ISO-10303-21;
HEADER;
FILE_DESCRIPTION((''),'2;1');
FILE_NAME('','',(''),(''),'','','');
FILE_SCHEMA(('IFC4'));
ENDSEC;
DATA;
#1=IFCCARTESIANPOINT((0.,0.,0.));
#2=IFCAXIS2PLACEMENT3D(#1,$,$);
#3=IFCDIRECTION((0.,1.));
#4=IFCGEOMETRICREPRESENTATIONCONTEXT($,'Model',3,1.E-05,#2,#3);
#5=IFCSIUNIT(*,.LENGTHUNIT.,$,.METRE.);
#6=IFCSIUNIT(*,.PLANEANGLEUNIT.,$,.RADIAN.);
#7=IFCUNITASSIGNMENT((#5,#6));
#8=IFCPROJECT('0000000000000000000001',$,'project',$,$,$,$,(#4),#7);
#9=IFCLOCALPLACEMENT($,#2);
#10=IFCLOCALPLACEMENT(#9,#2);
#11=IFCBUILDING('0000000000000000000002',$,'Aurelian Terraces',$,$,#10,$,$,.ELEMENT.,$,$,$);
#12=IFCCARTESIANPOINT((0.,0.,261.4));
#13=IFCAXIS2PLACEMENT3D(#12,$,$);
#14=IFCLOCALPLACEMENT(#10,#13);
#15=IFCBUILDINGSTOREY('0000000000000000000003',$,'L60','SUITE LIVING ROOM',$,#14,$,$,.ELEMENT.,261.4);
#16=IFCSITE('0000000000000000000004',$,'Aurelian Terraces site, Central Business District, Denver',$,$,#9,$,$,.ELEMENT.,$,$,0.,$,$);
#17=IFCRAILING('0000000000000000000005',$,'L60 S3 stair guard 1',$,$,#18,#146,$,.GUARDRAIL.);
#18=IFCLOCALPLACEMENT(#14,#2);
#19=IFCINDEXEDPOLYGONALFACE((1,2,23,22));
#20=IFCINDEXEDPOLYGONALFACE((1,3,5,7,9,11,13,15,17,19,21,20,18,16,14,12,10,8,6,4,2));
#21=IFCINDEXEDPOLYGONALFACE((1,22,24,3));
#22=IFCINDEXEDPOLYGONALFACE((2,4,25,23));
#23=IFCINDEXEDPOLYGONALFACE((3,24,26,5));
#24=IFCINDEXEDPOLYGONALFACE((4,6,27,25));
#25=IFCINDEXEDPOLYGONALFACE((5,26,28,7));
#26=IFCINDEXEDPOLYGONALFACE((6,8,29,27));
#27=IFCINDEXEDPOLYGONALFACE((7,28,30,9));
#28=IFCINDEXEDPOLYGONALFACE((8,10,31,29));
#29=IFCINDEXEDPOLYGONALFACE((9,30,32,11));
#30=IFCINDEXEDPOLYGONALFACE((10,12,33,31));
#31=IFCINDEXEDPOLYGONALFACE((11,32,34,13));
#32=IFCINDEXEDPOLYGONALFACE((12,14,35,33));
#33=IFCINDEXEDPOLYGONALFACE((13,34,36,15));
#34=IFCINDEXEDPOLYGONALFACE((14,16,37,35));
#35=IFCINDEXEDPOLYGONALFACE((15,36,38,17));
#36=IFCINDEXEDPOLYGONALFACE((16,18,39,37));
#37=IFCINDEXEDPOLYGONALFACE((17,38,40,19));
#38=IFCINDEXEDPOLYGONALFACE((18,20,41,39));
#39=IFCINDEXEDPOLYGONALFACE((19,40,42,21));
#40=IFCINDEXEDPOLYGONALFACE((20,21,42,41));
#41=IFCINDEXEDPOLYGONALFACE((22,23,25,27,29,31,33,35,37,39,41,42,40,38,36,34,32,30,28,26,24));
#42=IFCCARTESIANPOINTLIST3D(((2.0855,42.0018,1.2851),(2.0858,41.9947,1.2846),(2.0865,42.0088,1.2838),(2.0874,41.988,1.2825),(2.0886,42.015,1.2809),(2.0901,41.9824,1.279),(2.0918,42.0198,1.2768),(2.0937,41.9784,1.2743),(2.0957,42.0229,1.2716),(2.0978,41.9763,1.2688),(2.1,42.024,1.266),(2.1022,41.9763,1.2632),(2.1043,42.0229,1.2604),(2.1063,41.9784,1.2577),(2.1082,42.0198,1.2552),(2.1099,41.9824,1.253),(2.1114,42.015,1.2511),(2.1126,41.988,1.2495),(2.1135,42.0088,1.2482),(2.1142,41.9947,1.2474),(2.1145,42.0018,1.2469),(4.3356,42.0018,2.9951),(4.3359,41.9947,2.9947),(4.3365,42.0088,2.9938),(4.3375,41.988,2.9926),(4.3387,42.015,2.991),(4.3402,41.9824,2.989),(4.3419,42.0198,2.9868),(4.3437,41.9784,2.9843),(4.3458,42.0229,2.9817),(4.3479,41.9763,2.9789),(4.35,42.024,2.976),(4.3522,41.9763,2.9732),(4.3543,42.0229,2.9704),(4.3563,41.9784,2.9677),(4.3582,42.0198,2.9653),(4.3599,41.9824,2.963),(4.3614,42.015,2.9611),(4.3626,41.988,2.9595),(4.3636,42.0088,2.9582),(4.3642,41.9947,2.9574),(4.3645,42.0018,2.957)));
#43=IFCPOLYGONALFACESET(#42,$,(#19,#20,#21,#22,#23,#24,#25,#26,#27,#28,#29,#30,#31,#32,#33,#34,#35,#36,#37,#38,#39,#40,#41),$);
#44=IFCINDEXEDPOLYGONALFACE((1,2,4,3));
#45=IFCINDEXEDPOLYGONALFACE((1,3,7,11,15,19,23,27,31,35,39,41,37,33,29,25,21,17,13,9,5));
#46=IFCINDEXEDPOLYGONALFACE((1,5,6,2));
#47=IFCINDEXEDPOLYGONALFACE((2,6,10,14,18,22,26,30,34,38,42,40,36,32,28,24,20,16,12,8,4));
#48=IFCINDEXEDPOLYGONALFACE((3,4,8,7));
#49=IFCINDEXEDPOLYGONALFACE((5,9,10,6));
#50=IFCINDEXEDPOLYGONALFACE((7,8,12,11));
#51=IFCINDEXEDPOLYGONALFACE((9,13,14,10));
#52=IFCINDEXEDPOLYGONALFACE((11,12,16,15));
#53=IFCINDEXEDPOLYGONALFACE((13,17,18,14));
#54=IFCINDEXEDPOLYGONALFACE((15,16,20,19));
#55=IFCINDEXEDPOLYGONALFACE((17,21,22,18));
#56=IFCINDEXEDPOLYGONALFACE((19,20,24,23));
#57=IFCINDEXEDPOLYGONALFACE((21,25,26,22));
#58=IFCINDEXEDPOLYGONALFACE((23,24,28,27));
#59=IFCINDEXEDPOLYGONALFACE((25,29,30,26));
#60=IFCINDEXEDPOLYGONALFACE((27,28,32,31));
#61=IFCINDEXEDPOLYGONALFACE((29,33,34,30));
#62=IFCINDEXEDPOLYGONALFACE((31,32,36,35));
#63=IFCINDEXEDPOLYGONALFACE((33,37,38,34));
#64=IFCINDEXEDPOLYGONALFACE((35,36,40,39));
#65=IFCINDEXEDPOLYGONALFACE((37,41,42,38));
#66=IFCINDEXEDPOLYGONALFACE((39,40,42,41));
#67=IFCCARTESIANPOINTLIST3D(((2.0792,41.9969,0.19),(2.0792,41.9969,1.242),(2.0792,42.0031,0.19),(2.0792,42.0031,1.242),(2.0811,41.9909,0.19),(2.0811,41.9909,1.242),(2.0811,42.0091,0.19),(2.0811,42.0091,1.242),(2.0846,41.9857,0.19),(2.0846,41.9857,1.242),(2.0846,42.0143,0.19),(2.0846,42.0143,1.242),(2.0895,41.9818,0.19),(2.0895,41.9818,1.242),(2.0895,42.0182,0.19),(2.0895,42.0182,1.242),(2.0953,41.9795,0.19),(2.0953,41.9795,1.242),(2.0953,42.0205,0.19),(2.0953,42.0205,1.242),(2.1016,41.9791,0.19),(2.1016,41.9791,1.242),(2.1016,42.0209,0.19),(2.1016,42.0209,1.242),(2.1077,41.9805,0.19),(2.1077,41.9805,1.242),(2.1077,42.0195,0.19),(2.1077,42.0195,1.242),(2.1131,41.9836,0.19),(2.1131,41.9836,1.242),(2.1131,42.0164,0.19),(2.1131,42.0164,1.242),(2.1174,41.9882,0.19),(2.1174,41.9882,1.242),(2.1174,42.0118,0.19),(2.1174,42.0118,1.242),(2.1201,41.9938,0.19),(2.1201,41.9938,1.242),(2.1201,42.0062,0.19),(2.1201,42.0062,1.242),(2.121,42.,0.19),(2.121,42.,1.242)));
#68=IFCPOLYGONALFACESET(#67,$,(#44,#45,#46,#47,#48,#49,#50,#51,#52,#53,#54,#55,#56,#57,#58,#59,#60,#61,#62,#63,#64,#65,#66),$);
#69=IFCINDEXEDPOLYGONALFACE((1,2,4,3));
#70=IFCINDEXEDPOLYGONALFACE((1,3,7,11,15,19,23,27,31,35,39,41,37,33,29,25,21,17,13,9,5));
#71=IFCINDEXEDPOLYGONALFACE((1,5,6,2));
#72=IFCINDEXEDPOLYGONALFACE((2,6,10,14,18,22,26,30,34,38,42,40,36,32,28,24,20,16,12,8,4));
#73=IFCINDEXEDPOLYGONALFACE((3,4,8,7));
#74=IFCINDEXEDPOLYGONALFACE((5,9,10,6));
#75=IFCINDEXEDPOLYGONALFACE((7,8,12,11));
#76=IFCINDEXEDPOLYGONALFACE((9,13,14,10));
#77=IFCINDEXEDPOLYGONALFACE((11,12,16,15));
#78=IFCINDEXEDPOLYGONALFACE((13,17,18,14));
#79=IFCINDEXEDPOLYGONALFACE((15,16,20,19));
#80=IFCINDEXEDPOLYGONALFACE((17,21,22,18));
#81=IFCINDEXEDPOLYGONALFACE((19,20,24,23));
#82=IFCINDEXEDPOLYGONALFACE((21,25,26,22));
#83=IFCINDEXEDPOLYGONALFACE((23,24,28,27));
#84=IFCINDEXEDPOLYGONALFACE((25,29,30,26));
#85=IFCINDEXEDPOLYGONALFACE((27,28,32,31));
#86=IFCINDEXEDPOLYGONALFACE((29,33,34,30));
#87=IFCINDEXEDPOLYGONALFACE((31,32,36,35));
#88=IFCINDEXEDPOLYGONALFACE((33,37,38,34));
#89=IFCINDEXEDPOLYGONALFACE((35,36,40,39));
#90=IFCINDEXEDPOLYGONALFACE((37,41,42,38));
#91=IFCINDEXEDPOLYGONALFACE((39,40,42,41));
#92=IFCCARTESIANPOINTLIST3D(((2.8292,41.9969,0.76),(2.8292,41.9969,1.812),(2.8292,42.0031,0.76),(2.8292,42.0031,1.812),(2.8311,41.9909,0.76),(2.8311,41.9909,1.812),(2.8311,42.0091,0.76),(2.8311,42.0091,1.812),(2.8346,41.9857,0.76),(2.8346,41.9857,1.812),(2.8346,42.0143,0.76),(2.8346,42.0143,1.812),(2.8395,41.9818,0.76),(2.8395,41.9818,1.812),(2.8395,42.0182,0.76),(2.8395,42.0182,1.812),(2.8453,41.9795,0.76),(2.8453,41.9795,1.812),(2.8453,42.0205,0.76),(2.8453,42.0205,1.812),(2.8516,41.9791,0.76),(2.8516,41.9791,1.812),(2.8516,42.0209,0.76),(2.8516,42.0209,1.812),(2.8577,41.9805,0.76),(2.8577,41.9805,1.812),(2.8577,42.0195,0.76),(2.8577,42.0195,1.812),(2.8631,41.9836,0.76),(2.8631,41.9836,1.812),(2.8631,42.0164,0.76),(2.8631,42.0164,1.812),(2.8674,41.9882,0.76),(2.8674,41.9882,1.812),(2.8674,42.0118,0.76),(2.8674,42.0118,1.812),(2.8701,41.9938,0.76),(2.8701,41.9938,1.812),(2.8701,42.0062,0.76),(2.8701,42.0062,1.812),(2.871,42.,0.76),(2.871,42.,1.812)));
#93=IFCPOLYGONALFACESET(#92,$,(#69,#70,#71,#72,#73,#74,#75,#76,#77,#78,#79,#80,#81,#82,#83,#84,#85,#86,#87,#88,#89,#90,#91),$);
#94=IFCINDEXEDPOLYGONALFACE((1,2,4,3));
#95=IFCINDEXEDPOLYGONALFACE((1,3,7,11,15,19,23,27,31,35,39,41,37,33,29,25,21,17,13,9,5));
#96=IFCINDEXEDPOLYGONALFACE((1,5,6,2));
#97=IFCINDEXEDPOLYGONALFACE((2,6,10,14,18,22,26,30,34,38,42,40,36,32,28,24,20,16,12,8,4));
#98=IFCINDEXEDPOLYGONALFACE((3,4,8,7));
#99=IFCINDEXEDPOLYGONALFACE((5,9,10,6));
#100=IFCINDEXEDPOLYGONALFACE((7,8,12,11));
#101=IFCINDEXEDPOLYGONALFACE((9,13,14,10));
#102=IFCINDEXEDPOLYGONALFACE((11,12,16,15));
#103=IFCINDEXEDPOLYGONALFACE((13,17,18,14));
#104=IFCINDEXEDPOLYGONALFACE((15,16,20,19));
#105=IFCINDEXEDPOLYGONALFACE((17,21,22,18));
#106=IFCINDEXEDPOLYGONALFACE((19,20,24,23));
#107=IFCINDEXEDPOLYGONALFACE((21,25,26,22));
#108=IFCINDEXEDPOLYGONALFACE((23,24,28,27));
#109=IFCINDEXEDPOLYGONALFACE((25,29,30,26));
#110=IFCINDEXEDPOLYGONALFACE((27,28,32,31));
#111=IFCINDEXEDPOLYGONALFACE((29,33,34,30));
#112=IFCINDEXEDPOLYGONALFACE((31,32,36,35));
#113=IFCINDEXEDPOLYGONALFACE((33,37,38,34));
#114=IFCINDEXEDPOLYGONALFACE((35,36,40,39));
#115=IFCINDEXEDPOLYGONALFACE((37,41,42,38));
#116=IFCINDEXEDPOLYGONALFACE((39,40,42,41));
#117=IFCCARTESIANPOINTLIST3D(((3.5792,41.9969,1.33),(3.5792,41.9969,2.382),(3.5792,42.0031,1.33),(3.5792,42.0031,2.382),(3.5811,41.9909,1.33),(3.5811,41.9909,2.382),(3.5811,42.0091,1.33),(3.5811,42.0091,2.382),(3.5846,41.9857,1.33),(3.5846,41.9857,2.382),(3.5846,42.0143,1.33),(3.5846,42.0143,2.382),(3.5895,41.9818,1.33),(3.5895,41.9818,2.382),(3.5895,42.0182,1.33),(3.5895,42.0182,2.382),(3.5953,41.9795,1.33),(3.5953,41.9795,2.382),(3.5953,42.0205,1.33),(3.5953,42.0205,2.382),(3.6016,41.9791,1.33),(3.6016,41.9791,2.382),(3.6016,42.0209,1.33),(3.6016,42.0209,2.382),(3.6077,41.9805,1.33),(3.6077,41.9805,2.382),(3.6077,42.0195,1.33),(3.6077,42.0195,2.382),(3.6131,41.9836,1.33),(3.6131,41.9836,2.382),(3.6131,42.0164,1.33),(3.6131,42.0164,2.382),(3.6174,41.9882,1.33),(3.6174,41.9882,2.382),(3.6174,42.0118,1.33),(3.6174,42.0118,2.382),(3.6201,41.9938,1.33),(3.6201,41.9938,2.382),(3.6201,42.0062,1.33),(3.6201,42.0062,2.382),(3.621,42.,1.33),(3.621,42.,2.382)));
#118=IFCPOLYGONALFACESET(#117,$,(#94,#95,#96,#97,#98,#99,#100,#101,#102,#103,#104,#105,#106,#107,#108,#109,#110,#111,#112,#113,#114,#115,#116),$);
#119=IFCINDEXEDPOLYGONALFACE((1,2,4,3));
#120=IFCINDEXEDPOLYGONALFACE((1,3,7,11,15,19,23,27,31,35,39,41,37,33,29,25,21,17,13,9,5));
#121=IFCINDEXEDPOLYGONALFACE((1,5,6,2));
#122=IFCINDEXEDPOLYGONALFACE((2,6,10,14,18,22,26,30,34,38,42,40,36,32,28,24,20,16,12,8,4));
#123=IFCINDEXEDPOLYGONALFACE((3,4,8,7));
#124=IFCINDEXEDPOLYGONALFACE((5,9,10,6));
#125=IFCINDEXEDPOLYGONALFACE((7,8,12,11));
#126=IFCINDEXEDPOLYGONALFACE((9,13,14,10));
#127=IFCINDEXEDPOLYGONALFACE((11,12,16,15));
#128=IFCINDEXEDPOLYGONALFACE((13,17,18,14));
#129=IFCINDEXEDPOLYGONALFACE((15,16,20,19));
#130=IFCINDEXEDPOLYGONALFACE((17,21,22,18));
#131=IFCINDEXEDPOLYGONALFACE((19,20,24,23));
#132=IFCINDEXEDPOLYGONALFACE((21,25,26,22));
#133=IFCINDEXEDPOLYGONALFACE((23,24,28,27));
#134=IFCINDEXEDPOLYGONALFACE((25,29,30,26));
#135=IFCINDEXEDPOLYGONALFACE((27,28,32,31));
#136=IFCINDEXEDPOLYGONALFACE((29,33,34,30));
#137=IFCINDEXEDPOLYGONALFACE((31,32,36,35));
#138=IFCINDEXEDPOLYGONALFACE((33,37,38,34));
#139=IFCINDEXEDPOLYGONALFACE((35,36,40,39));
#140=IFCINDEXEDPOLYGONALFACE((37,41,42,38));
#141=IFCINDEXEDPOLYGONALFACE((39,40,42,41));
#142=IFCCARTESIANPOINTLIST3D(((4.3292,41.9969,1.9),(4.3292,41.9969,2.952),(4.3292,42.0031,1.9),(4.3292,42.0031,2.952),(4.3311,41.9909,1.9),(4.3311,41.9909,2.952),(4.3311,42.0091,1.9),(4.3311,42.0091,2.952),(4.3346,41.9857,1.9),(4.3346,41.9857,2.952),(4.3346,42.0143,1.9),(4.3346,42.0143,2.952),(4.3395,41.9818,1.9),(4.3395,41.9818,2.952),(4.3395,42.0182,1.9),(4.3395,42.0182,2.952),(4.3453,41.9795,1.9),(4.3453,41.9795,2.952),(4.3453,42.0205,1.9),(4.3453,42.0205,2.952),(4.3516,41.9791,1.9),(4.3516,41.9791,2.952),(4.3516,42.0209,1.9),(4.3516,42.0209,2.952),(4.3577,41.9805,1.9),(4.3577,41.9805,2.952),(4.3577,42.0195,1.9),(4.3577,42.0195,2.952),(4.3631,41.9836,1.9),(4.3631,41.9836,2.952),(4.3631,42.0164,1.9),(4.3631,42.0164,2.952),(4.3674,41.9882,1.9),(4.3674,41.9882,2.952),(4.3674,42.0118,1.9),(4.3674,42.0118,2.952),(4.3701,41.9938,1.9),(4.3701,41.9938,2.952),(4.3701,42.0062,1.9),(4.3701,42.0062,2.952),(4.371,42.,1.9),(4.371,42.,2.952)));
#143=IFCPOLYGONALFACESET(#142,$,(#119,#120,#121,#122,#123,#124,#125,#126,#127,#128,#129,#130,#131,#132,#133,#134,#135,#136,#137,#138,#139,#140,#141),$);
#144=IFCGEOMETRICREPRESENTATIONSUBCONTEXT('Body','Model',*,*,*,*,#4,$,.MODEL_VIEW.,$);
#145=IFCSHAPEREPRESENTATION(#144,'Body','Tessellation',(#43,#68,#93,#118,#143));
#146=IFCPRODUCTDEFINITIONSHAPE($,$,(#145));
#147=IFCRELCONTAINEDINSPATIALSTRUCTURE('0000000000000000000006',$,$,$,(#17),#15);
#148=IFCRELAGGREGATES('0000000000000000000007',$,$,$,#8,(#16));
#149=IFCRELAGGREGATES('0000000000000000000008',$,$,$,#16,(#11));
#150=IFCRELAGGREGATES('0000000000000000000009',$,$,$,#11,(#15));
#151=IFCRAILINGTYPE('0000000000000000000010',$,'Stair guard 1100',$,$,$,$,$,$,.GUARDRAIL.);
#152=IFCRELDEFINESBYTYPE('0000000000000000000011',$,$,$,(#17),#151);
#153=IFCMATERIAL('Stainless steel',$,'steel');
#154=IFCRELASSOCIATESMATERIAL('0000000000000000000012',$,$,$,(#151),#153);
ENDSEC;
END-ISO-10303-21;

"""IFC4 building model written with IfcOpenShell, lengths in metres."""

from ifc_helpers import new_model, si_unit, direction, frame, origin, origin_2d, place, context, subcontext, project, spatial, circle, extrude, source, transform, mapped, material, type_object, element, save


model = new_model("IFC4")

# Units and contexts
model_context = context("Model", 3, precision=1e-05, world=origin(), true_north=direction((0.0, 1.0)))
body_context = subcontext(model_context, "Body", "Model", "MODEL_VIEW")
ifc_project = project(units=[si_unit("LENGTHUNIT", "METRE"), si_unit("PLANEANGLEUNIT", "RADIAN")], contexts=[model_context])

# Site, building, storey
site_placement = place(None, origin())
site = spatial("IfcSite", under=ifc_project, at=site_placement, Name="Aurelian Terraces site, Central Business District, Denver", CompositionType="ELEMENT", RefElevation=0.0)
building_placement = place(site_placement, origin())
building = spatial("IfcBuilding", under=site, at=building_placement, Name="Aurelian Terraces", CompositionType="ELEMENT")
storey_placement = place(building_placement, frame((0.0, 0.0, 261.4)))
storey = spatial("IfcBuildingStorey", under=building, at=storey_placement, Name="L60", Description="SUITE LIVING ROOM", CompositionType="ELEMENT", Elevation=261.4)

# Railing
ifc_material_1 = material(Name="Stainless steel", Category="steel")
railing_type_1 = type_object("IfcRailingType", Name="Stair guard 1100", PredefinedType="GUARDRAIL", material=ifc_material_1)
shared_shape_1 = source(origin(), body_context, "Body", "SweptSolid", [
    extrude(circle(Radius=0.024, at=origin_2d()), frame((0.0, 0.0, 1.076), z_axis=(0.796162, 0.0, 0.605083), x_axis=(0.0, 1.0, 0.0)), (0.0, 0.0, 1.0), 2.8261),
    extrude(circle(Radius=0.021, at=origin_2d()), origin(), (0.0, 0.0, 1.0), 1.052),
    extrude(circle(Radius=0.021, at=origin_2d()), frame((0.75, 0.0, 0.57)), (0.0, 0.0, 1.0), 1.052),
    extrude(circle(Radius=0.021, at=origin_2d()), frame((1.5, 0.0, 1.14)), (0.0, 0.0, 1.0), 1.052),
    extrude(circle(Radius=0.021, at=origin_2d()), frame((2.25, 0.0, 1.71)), (0.0, 0.0, 1.0), 1.052),
])
railing_1_placement = place(storey_placement, frame((2.1, 42.0, 0.19)))
element("IfcRailing", 1, at=railing_1_placement, inside=storey, type_object=railing_type_1, Name="L60 S3 stair guard 1", PredefinedType="GUARDRAIL", context=body_context, shape_type="MappedRepresentation", body=[
    mapped(shared_shape_1, transform((0.0, 0.0, 0.0), scale=1.0)),
])

save(model, "model.ifc")
